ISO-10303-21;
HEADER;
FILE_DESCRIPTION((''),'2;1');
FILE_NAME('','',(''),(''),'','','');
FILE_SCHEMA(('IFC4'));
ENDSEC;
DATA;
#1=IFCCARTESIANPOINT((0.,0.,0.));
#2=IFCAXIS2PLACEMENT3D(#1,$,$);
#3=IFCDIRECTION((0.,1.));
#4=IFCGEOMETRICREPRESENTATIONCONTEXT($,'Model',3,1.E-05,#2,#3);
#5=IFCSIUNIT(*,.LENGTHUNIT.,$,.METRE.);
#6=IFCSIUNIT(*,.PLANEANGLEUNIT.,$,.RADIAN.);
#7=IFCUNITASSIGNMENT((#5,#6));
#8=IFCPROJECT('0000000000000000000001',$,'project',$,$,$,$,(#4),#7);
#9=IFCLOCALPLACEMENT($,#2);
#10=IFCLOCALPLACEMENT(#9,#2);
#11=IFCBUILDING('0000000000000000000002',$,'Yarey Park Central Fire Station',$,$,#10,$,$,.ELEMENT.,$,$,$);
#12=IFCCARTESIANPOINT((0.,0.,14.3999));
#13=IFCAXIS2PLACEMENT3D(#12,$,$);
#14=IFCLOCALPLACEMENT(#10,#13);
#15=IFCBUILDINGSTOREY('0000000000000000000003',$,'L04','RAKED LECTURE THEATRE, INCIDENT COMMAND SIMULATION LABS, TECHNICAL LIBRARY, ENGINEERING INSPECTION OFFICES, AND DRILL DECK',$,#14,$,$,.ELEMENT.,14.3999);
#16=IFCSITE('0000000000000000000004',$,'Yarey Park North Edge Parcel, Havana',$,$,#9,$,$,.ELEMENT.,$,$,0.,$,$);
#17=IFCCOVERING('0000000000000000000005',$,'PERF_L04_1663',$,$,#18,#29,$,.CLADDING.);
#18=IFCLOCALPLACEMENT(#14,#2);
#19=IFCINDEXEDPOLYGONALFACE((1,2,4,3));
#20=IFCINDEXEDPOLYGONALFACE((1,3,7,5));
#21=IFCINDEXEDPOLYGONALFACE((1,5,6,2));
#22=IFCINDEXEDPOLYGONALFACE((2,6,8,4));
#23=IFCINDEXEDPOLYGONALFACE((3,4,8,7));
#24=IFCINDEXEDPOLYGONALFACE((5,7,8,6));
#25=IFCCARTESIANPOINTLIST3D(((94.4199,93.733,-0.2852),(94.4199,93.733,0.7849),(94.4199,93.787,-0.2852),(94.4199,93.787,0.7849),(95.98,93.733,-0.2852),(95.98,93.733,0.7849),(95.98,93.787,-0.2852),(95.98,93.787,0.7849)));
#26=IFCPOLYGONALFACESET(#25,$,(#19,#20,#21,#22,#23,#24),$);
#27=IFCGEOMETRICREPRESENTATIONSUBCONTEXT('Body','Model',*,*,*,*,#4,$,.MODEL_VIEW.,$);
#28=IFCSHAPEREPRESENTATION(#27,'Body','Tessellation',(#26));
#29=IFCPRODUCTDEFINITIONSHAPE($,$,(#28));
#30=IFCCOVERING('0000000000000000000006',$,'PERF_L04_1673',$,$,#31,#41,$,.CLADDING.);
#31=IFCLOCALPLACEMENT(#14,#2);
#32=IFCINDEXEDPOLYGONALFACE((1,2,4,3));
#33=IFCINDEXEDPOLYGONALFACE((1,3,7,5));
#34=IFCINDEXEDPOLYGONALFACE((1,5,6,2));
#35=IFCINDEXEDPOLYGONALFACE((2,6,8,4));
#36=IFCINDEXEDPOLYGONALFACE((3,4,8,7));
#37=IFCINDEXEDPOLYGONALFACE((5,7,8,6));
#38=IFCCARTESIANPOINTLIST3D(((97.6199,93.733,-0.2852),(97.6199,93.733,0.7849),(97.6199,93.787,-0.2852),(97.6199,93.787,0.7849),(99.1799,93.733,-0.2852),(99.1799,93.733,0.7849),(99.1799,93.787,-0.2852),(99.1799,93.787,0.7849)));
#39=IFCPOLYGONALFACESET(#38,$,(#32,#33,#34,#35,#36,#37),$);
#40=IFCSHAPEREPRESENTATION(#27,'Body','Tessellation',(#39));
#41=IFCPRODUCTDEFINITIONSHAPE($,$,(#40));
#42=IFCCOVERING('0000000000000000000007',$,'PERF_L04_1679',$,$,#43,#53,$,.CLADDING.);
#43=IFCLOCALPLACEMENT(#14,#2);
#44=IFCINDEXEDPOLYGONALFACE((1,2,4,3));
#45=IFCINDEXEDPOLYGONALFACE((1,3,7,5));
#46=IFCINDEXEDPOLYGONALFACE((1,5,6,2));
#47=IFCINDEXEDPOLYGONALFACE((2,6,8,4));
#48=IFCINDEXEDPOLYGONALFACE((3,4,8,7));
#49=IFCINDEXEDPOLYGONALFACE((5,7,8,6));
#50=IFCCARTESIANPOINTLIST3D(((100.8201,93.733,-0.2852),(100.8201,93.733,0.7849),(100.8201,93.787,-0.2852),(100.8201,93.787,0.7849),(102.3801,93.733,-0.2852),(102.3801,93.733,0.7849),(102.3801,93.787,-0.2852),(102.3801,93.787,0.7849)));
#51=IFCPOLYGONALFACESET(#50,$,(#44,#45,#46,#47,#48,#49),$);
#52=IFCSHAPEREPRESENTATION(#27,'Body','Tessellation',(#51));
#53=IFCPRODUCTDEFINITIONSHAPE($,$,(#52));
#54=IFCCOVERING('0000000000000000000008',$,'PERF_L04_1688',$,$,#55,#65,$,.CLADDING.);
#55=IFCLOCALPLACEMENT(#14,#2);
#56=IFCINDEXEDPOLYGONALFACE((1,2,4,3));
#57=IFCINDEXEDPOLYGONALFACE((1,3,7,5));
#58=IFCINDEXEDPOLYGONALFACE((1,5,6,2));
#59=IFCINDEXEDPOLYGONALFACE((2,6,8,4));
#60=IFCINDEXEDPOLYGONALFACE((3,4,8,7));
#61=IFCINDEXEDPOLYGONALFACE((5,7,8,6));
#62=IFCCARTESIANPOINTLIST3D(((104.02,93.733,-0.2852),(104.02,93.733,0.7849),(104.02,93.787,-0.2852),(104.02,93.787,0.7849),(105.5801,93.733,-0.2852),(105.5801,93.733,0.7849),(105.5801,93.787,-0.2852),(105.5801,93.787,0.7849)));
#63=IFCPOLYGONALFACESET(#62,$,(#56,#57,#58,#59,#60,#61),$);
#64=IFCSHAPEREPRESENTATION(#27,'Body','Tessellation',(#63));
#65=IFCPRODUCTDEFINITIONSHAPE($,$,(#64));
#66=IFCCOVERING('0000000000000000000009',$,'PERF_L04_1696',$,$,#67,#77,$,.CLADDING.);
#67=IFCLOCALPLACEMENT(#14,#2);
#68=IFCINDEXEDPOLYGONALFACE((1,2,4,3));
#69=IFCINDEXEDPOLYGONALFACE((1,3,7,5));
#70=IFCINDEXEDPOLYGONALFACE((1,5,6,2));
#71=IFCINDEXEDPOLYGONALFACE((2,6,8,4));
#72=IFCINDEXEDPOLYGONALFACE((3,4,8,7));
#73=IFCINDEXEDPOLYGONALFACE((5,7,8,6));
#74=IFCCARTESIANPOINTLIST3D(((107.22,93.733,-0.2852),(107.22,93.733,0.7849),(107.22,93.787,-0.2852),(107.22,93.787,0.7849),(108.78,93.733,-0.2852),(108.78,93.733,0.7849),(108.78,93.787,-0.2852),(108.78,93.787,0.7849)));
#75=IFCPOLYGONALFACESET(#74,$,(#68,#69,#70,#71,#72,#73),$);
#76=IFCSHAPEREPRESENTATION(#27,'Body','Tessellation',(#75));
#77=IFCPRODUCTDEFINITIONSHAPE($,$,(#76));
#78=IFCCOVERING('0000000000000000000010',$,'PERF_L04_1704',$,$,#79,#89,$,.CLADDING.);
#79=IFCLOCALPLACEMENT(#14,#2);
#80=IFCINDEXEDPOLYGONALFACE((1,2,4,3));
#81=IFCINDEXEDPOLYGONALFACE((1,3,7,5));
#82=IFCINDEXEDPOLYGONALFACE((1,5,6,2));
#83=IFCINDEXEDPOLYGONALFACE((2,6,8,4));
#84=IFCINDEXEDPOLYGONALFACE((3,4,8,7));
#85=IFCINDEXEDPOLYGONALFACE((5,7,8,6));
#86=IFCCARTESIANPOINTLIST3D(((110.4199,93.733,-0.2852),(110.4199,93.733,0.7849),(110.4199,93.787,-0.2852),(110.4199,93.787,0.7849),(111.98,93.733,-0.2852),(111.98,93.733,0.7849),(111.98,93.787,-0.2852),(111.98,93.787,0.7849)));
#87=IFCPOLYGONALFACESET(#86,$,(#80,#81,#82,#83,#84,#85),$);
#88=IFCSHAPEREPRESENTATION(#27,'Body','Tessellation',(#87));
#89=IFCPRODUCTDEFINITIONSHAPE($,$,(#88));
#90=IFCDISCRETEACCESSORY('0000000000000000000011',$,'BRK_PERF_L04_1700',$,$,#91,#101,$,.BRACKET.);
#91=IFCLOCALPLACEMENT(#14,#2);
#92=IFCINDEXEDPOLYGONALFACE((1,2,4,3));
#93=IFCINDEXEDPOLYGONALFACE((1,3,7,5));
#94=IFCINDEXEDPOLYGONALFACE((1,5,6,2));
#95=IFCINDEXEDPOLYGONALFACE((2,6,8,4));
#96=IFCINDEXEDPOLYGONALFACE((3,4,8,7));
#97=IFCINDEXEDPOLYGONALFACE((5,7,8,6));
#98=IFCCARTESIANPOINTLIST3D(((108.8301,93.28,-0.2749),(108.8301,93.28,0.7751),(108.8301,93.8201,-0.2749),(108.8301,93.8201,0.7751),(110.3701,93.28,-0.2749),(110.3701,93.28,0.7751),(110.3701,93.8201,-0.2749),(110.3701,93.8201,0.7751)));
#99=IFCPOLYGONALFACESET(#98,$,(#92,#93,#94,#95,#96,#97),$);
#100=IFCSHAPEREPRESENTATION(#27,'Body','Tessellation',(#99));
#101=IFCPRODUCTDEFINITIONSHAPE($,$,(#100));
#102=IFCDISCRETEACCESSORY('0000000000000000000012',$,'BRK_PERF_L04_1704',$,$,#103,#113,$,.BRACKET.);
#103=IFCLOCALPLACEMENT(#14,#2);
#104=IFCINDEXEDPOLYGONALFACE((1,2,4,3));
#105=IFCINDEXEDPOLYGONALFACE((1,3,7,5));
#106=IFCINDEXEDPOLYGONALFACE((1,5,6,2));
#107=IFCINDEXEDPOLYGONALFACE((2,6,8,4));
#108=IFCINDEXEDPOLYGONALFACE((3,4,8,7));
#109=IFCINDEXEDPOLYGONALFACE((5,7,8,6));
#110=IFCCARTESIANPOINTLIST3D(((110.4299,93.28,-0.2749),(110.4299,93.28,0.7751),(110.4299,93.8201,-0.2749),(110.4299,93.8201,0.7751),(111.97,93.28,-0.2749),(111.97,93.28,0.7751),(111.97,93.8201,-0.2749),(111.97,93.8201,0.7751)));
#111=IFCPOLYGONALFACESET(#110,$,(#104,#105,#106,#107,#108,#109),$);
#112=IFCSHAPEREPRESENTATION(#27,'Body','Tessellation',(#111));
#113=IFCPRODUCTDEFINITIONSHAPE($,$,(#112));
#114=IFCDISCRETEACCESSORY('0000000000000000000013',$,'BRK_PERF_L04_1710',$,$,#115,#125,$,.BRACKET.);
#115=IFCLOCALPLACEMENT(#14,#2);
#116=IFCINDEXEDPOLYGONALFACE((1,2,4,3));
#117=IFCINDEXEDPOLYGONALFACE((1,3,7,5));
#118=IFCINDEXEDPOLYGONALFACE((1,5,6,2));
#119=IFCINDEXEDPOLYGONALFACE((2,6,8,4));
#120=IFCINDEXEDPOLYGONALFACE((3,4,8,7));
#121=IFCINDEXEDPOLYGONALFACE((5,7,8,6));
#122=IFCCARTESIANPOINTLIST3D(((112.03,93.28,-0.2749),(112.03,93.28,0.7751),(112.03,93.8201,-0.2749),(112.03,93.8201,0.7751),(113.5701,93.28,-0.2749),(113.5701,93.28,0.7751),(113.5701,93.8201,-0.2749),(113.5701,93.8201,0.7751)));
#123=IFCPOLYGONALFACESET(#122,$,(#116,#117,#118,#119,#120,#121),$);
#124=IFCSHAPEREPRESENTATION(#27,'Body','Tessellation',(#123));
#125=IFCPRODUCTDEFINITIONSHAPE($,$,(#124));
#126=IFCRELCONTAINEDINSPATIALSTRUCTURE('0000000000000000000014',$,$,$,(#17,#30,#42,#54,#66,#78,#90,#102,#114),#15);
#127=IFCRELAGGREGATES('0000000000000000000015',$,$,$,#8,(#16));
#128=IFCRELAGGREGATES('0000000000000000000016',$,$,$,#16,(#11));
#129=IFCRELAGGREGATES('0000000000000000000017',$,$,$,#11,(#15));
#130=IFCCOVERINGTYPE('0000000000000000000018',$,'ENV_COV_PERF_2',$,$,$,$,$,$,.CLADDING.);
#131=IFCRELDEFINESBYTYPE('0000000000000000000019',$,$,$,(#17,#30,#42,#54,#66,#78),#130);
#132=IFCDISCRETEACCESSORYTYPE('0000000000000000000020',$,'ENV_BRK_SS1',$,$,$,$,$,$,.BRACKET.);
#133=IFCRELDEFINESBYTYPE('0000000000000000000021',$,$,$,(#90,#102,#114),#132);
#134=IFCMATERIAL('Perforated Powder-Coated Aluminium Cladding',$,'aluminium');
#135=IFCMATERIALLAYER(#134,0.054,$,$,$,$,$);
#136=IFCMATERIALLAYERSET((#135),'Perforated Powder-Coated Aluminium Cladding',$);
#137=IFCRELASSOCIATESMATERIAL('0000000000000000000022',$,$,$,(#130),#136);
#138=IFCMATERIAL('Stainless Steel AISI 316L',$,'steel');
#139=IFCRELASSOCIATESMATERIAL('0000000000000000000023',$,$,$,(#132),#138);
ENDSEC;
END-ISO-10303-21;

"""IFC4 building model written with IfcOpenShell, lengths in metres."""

from ifc_helpers import new_model, si_unit, direction, frame, origin, origin_2d, place, context, subcontext, project, spatial, rectangle, extrude, material, layer, layer_set, type_object, element, save


model = new_model("IFC4")

# Units and contexts
model_context = context("Model", 3, precision=1e-05, world=origin(), true_north=direction((0.0, 1.0)))
body_context = subcontext(model_context, "Body", "Model", "MODEL_VIEW")
ifc_project = project(units=[si_unit("LENGTHUNIT", "METRE"), si_unit("PLANEANGLEUNIT", "RADIAN")], contexts=[model_context])

# Site, building, storey
site_placement = place(None, origin())
site = spatial("IfcSite", under=ifc_project, at=site_placement, Name="Yarey Park North Edge Parcel, Havana", CompositionType="ELEMENT", RefElevation=0.0)
building_placement = place(site_placement, origin())
building = spatial("IfcBuilding", under=site, at=building_placement, Name="Yarey Park Central Fire Station", CompositionType="ELEMENT")
storey_placement = place(building_placement, frame((0.0, 0.0, 14.3999)))
storey = spatial("IfcBuildingStorey", under=building, at=storey_placement, Name="L04", Description="RAKED LECTURE THEATRE, INCIDENT COMMAND SIMULATION LABS, TECHNICAL LIBRARY, ENGINEERING INSPECTION OFFICES, AND DRILL DECK", CompositionType="ELEMENT", Elevation=14.3999)

# Coverings
ifc_material_1 = material(Name="Perforated Powder-Coated Aluminium Cladding", Category="aluminium")
ifc_layer_1 = layer(ifc_material_1, 0.054)
ifc_layer_set_1 = layer_set([ifc_layer_1], Name="Perforated Powder-Coated Aluminium Cladding")
covering_type_1 = type_object("IfcCoveringType", Name="ENV_COV_PERF_2", PredefinedType="CLADDING", material=ifc_layer_set_1)
for number, where, z_axis, x_axis, name in (
    (1, (95.2, 93.76, -0.2852), (0.0, 0.0, 1.0), (1.0, 0.0, 0.0), "PERF_L04_1663"),
    (2, (98.3999, 93.76, -0.2852), (0.0, 0.0, 1.0), (1.0, 0.0, 0.0), "PERF_L04_1673"),
    (3, (101.6001, 93.76, -0.2852), (0.0, 0.0, 1.0), (1.0, 0.0, 0.0), "PERF_L04_1679"),
    (4, (104.8, 93.76, -0.2852), (0.0, 0.0, 1.0), (1.0, 0.0, 0.0), "PERF_L04_1688"),
    (5, (108.0, 93.76, -0.2852), (0.0, 0.0, 1.0), (1.0, 0.0, 0.0), "PERF_L04_1696"),
    (6, (111.2, 93.76, -0.2852), (0.0, 0.0, 1.0), (1.0, 0.0, 0.0), "PERF_L04_1704"),
):
    element("IfcCovering", number, at=place(storey_placement, frame(where, z_axis=z_axis, x_axis=x_axis)), inside=storey, type_object=covering_type_1, Name=name, PredefinedType="CLADDING", context=body_context, shape_type="SweptSolid", body=[
        extrude(rectangle(XDim=1.5601, YDim=0.054, at=origin_2d()), origin(), (0.0, 0.0, 1.0), 1.0701),
    ])

# Discrete accessories
ifc_material_2 = material(Name="Stainless Steel AISI 316L", Category="steel")
discrete_accessory_type = type_object("IfcDiscreteAccessoryType", Name="ENV_BRK_SS1", PredefinedType="BRACKET", material=ifc_material_2)
for number, where, z_axis, x_axis, name in (
    (7, (109.6001, 93.55, -0.2749), (0.0, 0.0, 1.0), (1.0, 0.0, 0.0), "BRK_PERF_L04_1700"),
    (8, (111.2, 93.55, -0.2749), (0.0, 0.0, 1.0), (1.0, 0.0, 0.0), "BRK_PERF_L04_1704"),
    (9, (112.8, 93.55, -0.2749), (0.0, 0.0, 1.0), (1.0, 0.0, 0.0), "BRK_PERF_L04_1710"),
):
    element("IfcDiscreteAccessory", number, at=place(storey_placement, frame(where, z_axis=z_axis, x_axis=x_axis)), inside=storey, type_object=discrete_accessory_type, Name=name, PredefinedType="BRACKET", context=body_context, shape_type="SweptSolid", body=[
        extrude(rectangle(XDim=1.54, YDim=0.54, at=origin_2d()), origin(), (0.0, 0.0, 1.0), 1.05),
    ])

save(model, "model.ifc")
